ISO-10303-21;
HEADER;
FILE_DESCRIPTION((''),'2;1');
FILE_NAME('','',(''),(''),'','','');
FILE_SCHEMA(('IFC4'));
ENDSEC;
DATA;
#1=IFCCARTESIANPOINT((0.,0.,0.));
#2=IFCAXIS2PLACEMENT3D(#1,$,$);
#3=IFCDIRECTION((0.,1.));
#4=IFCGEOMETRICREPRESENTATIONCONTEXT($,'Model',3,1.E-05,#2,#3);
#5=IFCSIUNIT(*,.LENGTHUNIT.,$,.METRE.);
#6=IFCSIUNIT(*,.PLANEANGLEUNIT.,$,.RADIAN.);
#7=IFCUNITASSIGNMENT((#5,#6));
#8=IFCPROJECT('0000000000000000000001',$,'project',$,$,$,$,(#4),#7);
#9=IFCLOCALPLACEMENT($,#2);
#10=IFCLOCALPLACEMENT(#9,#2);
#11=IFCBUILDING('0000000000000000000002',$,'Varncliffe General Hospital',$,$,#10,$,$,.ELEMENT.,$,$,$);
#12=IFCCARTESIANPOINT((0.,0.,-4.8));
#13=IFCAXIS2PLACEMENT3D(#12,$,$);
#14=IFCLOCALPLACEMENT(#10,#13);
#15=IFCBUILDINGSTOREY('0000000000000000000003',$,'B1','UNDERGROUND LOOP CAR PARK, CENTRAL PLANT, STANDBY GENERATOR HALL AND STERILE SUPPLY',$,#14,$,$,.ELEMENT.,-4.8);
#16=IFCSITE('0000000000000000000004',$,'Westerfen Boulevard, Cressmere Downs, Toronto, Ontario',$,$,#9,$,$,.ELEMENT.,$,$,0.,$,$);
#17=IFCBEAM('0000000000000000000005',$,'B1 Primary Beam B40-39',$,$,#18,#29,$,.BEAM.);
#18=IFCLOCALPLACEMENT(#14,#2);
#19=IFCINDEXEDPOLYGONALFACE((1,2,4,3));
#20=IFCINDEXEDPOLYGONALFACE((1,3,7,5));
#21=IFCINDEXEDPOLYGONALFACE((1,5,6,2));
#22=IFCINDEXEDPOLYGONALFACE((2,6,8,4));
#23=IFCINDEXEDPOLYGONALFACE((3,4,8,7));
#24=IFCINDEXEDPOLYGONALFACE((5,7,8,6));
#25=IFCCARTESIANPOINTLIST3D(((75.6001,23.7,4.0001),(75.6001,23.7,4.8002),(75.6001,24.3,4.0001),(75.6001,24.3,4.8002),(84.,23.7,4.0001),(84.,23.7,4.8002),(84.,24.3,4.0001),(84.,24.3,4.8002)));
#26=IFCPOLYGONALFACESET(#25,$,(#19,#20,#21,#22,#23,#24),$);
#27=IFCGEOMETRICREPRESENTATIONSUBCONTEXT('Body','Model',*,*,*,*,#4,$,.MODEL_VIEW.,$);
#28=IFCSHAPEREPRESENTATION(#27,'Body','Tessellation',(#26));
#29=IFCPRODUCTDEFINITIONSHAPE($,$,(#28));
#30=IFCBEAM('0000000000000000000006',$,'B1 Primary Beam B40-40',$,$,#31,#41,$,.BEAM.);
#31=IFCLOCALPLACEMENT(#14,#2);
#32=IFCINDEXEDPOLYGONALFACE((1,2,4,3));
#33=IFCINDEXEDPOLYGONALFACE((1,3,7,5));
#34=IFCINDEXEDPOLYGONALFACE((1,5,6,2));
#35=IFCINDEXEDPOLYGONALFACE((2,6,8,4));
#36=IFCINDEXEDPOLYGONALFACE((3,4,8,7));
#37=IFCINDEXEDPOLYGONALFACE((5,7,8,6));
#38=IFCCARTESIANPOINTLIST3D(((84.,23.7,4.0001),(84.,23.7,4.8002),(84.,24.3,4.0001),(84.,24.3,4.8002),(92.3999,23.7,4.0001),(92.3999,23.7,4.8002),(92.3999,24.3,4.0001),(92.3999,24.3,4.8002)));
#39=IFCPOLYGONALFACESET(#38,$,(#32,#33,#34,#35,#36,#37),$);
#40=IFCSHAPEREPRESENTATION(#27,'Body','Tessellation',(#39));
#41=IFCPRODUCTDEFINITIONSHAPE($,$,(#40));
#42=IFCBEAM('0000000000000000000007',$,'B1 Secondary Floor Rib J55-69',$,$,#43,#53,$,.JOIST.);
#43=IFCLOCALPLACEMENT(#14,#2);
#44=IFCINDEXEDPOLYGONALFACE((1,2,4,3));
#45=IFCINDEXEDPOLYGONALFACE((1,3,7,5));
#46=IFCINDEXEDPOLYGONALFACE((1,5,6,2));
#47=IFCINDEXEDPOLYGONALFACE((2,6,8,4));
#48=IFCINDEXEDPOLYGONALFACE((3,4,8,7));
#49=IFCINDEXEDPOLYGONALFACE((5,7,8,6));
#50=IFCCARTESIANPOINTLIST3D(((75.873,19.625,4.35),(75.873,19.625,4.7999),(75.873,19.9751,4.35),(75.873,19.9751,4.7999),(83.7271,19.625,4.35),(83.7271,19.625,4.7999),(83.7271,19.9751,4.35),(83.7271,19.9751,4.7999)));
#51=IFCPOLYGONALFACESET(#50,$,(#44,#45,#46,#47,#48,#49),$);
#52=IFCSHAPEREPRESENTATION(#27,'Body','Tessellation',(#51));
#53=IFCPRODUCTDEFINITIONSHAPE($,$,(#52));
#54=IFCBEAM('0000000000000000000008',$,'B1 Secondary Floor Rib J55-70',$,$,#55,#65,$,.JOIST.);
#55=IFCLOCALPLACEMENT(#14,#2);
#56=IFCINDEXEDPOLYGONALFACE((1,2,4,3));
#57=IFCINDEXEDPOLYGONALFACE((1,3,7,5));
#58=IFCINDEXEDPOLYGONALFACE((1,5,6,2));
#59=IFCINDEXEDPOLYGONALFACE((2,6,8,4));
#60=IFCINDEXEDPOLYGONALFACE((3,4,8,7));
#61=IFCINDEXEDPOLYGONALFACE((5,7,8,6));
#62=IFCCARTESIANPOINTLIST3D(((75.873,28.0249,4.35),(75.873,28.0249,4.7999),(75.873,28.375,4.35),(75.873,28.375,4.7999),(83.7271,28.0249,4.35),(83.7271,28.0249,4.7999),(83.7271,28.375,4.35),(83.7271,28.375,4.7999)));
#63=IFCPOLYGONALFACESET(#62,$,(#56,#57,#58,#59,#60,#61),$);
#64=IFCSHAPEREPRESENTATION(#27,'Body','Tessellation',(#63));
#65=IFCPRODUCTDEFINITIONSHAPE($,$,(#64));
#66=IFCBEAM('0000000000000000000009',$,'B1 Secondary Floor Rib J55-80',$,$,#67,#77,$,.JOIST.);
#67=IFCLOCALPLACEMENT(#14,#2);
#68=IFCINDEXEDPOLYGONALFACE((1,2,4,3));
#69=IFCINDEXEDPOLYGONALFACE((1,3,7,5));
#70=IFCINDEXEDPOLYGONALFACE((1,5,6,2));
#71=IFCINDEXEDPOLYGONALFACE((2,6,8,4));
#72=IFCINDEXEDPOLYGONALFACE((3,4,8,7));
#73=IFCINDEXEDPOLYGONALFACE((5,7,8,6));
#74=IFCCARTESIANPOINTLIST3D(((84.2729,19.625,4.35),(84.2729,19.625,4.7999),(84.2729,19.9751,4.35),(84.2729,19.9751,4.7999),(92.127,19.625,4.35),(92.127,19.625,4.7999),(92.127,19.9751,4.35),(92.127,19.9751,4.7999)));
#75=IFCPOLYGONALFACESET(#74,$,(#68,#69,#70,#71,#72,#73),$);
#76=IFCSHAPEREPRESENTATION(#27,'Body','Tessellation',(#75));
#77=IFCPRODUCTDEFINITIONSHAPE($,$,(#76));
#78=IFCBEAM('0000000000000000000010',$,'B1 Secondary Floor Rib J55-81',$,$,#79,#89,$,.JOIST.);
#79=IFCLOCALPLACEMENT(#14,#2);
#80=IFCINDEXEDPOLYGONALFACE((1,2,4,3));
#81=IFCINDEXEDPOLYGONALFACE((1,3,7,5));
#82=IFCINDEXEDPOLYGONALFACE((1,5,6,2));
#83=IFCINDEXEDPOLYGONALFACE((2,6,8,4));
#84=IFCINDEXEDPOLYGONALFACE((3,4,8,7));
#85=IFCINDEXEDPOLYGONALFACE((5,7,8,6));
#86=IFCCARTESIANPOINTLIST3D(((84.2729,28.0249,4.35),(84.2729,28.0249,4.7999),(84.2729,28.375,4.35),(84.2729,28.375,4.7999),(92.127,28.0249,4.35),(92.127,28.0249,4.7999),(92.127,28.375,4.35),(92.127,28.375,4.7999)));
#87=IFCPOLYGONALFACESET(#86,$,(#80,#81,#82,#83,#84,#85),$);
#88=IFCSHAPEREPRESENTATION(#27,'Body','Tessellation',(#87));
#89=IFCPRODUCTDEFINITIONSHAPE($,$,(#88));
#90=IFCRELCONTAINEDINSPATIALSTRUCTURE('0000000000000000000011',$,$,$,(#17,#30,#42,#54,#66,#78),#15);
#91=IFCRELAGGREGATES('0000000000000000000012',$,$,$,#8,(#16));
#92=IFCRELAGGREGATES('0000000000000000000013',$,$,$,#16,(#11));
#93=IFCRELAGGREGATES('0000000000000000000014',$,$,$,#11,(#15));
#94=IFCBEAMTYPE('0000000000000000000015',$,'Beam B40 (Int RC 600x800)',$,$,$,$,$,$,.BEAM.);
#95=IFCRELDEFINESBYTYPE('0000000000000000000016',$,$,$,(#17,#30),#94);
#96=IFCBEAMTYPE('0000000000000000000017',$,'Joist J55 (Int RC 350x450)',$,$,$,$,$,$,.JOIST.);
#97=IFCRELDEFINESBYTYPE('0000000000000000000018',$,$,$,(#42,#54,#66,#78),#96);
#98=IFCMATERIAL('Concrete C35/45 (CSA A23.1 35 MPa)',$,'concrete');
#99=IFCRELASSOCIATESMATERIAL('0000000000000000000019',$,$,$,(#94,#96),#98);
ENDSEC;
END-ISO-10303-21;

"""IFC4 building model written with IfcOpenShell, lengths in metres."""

from ifc_helpers import new_model, si_unit, direction, frame, origin, origin_2d, place, context, subcontext, project, spatial, rectangle, extrude, material, material_profile, profile_set, type_object, element, save


model = new_model("IFC4")

# Units and contexts
model_context = context("Model", 3, precision=1e-05, world=origin(), true_north=direction((0.0, 1.0)))
body_context = subcontext(model_context, "Body", "Model", "MODEL_VIEW")
ifc_project = project(units=[si_unit("LENGTHUNIT", "METRE"), si_unit("PLANEANGLEUNIT", "RADIAN")], contexts=[model_context])

# Site, building, storey
site_placement = place(None, origin())
site = spatial("IfcSite", under=ifc_project, at=site_placement, Name="Westerfen Boulevard, Cressmere Downs, Toronto, Ontario", CompositionType="ELEMENT", RefElevation=0.0)
building_placement = place(site_placement, origin())
building = spatial("IfcBuilding", under=site, at=building_placement, Name="Varncliffe General Hospital", CompositionType="ELEMENT")
storey_placement = place(building_placement, frame((0.0, 0.0, -4.8)))
storey = spatial("IfcBuildingStorey", under=building, at=storey_placement, Name="B1", Description="UNDERGROUND LOOP CAR PARK, CENTRAL PLANT, STANDBY GENERATOR HALL AND STERILE SUPPLY", CompositionType="ELEMENT", Elevation=-4.8)

# Beams
ifc_material_1 = material(Name="Concrete C35/45 (CSA A23.1 35 MPa)", Category="concrete")
ifc_material_profile_1 = material_profile(ifc_material_1, rectangle(XDim=0.6001, YDim=0.8, at=origin_2d()), Name="RC 600x800")
ifc_profile_set_1 = profile_set([ifc_material_profile_1], Name="Concrete C35/45 (CSA A23.1 35 MPa)")
beam_type_1 = type_object("IfcBeamType", Name="Beam B40 (Int RC 600x800)", PredefinedType="BEAM", material=ifc_profile_set_1)
for number, where, z_axis, x_axis, name in (
    (1, (75.6001, 24.0, 4.4001), (1.0, 0.0, 0.0), (0.0, 1.0, 0.0), "B1 Primary Beam B40-39"),
    (2, (84.0, 24.0, 4.4001), (1.0, 0.0, 0.0), (0.0, 1.0, 0.0), "B1 Primary Beam B40-40"),
):
    element("IfcBeam", number, at=place(storey_placement, frame(where, z_axis=z_axis, x_axis=x_axis)), inside=storey, type_object=beam_type_1, Name=name, PredefinedType="BEAM", context=body_context, shape_type="SweptSolid", body=[
        extrude(rectangle(XDim=0.6001, YDim=0.8, at=origin_2d()), origin(), (0.0, 0.0, 1.0), 8.3999),
    ])
ifc_material_profile_2 = material_profile(ifc_material_1, rectangle(XDim=0.3501, YDim=0.45, at=origin_2d()), Name="RC 350x450")
ifc_profile_set_2 = profile_set([ifc_material_profile_2], Name="Concrete C35/45 (CSA A23.1 35 MPa)")
beam_type_2 = type_object("IfcBeamType", Name="Joist J55 (Int RC 350x450)", PredefinedType="JOIST", material=ifc_profile_set_2)
for number, where, z_axis, x_axis, name in (
    (3, (75.873, 19.8, 4.575), (1.0, 0.0, 0.0), (0.0, 1.0, 0.0), "B1 Secondary Floor Rib J55-69"),
    (4, (75.873, 28.2, 4.575), (1.0, 0.0, 0.0), (0.0, 1.0, 0.0), "B1 Secondary Floor Rib J55-70"),
    (5, (84.2729, 19.8, 4.575), (1.0, 0.0, 0.0), (0.0, 1.0, 0.0), "B1 Secondary Floor Rib J55-80"),
    (6, (84.2729, 28.2, 4.575), (1.0, 0.0, 0.0), (0.0, 1.0, 0.0), "B1 Secondary Floor Rib J55-81"),
):
    element("IfcBeam", number, at=place(storey_placement, frame(where, z_axis=z_axis, x_axis=x_axis)), inside=storey, type_object=beam_type_2, Name=name, PredefinedType="JOIST", context=body_context, shape_type="SweptSolid", body=[
        extrude(rectangle(XDim=0.3501, YDim=0.45, at=origin_2d()), origin(), (0.0, 0.0, 1.0), 7.854),
    ])

save(model, "model.ifc")
